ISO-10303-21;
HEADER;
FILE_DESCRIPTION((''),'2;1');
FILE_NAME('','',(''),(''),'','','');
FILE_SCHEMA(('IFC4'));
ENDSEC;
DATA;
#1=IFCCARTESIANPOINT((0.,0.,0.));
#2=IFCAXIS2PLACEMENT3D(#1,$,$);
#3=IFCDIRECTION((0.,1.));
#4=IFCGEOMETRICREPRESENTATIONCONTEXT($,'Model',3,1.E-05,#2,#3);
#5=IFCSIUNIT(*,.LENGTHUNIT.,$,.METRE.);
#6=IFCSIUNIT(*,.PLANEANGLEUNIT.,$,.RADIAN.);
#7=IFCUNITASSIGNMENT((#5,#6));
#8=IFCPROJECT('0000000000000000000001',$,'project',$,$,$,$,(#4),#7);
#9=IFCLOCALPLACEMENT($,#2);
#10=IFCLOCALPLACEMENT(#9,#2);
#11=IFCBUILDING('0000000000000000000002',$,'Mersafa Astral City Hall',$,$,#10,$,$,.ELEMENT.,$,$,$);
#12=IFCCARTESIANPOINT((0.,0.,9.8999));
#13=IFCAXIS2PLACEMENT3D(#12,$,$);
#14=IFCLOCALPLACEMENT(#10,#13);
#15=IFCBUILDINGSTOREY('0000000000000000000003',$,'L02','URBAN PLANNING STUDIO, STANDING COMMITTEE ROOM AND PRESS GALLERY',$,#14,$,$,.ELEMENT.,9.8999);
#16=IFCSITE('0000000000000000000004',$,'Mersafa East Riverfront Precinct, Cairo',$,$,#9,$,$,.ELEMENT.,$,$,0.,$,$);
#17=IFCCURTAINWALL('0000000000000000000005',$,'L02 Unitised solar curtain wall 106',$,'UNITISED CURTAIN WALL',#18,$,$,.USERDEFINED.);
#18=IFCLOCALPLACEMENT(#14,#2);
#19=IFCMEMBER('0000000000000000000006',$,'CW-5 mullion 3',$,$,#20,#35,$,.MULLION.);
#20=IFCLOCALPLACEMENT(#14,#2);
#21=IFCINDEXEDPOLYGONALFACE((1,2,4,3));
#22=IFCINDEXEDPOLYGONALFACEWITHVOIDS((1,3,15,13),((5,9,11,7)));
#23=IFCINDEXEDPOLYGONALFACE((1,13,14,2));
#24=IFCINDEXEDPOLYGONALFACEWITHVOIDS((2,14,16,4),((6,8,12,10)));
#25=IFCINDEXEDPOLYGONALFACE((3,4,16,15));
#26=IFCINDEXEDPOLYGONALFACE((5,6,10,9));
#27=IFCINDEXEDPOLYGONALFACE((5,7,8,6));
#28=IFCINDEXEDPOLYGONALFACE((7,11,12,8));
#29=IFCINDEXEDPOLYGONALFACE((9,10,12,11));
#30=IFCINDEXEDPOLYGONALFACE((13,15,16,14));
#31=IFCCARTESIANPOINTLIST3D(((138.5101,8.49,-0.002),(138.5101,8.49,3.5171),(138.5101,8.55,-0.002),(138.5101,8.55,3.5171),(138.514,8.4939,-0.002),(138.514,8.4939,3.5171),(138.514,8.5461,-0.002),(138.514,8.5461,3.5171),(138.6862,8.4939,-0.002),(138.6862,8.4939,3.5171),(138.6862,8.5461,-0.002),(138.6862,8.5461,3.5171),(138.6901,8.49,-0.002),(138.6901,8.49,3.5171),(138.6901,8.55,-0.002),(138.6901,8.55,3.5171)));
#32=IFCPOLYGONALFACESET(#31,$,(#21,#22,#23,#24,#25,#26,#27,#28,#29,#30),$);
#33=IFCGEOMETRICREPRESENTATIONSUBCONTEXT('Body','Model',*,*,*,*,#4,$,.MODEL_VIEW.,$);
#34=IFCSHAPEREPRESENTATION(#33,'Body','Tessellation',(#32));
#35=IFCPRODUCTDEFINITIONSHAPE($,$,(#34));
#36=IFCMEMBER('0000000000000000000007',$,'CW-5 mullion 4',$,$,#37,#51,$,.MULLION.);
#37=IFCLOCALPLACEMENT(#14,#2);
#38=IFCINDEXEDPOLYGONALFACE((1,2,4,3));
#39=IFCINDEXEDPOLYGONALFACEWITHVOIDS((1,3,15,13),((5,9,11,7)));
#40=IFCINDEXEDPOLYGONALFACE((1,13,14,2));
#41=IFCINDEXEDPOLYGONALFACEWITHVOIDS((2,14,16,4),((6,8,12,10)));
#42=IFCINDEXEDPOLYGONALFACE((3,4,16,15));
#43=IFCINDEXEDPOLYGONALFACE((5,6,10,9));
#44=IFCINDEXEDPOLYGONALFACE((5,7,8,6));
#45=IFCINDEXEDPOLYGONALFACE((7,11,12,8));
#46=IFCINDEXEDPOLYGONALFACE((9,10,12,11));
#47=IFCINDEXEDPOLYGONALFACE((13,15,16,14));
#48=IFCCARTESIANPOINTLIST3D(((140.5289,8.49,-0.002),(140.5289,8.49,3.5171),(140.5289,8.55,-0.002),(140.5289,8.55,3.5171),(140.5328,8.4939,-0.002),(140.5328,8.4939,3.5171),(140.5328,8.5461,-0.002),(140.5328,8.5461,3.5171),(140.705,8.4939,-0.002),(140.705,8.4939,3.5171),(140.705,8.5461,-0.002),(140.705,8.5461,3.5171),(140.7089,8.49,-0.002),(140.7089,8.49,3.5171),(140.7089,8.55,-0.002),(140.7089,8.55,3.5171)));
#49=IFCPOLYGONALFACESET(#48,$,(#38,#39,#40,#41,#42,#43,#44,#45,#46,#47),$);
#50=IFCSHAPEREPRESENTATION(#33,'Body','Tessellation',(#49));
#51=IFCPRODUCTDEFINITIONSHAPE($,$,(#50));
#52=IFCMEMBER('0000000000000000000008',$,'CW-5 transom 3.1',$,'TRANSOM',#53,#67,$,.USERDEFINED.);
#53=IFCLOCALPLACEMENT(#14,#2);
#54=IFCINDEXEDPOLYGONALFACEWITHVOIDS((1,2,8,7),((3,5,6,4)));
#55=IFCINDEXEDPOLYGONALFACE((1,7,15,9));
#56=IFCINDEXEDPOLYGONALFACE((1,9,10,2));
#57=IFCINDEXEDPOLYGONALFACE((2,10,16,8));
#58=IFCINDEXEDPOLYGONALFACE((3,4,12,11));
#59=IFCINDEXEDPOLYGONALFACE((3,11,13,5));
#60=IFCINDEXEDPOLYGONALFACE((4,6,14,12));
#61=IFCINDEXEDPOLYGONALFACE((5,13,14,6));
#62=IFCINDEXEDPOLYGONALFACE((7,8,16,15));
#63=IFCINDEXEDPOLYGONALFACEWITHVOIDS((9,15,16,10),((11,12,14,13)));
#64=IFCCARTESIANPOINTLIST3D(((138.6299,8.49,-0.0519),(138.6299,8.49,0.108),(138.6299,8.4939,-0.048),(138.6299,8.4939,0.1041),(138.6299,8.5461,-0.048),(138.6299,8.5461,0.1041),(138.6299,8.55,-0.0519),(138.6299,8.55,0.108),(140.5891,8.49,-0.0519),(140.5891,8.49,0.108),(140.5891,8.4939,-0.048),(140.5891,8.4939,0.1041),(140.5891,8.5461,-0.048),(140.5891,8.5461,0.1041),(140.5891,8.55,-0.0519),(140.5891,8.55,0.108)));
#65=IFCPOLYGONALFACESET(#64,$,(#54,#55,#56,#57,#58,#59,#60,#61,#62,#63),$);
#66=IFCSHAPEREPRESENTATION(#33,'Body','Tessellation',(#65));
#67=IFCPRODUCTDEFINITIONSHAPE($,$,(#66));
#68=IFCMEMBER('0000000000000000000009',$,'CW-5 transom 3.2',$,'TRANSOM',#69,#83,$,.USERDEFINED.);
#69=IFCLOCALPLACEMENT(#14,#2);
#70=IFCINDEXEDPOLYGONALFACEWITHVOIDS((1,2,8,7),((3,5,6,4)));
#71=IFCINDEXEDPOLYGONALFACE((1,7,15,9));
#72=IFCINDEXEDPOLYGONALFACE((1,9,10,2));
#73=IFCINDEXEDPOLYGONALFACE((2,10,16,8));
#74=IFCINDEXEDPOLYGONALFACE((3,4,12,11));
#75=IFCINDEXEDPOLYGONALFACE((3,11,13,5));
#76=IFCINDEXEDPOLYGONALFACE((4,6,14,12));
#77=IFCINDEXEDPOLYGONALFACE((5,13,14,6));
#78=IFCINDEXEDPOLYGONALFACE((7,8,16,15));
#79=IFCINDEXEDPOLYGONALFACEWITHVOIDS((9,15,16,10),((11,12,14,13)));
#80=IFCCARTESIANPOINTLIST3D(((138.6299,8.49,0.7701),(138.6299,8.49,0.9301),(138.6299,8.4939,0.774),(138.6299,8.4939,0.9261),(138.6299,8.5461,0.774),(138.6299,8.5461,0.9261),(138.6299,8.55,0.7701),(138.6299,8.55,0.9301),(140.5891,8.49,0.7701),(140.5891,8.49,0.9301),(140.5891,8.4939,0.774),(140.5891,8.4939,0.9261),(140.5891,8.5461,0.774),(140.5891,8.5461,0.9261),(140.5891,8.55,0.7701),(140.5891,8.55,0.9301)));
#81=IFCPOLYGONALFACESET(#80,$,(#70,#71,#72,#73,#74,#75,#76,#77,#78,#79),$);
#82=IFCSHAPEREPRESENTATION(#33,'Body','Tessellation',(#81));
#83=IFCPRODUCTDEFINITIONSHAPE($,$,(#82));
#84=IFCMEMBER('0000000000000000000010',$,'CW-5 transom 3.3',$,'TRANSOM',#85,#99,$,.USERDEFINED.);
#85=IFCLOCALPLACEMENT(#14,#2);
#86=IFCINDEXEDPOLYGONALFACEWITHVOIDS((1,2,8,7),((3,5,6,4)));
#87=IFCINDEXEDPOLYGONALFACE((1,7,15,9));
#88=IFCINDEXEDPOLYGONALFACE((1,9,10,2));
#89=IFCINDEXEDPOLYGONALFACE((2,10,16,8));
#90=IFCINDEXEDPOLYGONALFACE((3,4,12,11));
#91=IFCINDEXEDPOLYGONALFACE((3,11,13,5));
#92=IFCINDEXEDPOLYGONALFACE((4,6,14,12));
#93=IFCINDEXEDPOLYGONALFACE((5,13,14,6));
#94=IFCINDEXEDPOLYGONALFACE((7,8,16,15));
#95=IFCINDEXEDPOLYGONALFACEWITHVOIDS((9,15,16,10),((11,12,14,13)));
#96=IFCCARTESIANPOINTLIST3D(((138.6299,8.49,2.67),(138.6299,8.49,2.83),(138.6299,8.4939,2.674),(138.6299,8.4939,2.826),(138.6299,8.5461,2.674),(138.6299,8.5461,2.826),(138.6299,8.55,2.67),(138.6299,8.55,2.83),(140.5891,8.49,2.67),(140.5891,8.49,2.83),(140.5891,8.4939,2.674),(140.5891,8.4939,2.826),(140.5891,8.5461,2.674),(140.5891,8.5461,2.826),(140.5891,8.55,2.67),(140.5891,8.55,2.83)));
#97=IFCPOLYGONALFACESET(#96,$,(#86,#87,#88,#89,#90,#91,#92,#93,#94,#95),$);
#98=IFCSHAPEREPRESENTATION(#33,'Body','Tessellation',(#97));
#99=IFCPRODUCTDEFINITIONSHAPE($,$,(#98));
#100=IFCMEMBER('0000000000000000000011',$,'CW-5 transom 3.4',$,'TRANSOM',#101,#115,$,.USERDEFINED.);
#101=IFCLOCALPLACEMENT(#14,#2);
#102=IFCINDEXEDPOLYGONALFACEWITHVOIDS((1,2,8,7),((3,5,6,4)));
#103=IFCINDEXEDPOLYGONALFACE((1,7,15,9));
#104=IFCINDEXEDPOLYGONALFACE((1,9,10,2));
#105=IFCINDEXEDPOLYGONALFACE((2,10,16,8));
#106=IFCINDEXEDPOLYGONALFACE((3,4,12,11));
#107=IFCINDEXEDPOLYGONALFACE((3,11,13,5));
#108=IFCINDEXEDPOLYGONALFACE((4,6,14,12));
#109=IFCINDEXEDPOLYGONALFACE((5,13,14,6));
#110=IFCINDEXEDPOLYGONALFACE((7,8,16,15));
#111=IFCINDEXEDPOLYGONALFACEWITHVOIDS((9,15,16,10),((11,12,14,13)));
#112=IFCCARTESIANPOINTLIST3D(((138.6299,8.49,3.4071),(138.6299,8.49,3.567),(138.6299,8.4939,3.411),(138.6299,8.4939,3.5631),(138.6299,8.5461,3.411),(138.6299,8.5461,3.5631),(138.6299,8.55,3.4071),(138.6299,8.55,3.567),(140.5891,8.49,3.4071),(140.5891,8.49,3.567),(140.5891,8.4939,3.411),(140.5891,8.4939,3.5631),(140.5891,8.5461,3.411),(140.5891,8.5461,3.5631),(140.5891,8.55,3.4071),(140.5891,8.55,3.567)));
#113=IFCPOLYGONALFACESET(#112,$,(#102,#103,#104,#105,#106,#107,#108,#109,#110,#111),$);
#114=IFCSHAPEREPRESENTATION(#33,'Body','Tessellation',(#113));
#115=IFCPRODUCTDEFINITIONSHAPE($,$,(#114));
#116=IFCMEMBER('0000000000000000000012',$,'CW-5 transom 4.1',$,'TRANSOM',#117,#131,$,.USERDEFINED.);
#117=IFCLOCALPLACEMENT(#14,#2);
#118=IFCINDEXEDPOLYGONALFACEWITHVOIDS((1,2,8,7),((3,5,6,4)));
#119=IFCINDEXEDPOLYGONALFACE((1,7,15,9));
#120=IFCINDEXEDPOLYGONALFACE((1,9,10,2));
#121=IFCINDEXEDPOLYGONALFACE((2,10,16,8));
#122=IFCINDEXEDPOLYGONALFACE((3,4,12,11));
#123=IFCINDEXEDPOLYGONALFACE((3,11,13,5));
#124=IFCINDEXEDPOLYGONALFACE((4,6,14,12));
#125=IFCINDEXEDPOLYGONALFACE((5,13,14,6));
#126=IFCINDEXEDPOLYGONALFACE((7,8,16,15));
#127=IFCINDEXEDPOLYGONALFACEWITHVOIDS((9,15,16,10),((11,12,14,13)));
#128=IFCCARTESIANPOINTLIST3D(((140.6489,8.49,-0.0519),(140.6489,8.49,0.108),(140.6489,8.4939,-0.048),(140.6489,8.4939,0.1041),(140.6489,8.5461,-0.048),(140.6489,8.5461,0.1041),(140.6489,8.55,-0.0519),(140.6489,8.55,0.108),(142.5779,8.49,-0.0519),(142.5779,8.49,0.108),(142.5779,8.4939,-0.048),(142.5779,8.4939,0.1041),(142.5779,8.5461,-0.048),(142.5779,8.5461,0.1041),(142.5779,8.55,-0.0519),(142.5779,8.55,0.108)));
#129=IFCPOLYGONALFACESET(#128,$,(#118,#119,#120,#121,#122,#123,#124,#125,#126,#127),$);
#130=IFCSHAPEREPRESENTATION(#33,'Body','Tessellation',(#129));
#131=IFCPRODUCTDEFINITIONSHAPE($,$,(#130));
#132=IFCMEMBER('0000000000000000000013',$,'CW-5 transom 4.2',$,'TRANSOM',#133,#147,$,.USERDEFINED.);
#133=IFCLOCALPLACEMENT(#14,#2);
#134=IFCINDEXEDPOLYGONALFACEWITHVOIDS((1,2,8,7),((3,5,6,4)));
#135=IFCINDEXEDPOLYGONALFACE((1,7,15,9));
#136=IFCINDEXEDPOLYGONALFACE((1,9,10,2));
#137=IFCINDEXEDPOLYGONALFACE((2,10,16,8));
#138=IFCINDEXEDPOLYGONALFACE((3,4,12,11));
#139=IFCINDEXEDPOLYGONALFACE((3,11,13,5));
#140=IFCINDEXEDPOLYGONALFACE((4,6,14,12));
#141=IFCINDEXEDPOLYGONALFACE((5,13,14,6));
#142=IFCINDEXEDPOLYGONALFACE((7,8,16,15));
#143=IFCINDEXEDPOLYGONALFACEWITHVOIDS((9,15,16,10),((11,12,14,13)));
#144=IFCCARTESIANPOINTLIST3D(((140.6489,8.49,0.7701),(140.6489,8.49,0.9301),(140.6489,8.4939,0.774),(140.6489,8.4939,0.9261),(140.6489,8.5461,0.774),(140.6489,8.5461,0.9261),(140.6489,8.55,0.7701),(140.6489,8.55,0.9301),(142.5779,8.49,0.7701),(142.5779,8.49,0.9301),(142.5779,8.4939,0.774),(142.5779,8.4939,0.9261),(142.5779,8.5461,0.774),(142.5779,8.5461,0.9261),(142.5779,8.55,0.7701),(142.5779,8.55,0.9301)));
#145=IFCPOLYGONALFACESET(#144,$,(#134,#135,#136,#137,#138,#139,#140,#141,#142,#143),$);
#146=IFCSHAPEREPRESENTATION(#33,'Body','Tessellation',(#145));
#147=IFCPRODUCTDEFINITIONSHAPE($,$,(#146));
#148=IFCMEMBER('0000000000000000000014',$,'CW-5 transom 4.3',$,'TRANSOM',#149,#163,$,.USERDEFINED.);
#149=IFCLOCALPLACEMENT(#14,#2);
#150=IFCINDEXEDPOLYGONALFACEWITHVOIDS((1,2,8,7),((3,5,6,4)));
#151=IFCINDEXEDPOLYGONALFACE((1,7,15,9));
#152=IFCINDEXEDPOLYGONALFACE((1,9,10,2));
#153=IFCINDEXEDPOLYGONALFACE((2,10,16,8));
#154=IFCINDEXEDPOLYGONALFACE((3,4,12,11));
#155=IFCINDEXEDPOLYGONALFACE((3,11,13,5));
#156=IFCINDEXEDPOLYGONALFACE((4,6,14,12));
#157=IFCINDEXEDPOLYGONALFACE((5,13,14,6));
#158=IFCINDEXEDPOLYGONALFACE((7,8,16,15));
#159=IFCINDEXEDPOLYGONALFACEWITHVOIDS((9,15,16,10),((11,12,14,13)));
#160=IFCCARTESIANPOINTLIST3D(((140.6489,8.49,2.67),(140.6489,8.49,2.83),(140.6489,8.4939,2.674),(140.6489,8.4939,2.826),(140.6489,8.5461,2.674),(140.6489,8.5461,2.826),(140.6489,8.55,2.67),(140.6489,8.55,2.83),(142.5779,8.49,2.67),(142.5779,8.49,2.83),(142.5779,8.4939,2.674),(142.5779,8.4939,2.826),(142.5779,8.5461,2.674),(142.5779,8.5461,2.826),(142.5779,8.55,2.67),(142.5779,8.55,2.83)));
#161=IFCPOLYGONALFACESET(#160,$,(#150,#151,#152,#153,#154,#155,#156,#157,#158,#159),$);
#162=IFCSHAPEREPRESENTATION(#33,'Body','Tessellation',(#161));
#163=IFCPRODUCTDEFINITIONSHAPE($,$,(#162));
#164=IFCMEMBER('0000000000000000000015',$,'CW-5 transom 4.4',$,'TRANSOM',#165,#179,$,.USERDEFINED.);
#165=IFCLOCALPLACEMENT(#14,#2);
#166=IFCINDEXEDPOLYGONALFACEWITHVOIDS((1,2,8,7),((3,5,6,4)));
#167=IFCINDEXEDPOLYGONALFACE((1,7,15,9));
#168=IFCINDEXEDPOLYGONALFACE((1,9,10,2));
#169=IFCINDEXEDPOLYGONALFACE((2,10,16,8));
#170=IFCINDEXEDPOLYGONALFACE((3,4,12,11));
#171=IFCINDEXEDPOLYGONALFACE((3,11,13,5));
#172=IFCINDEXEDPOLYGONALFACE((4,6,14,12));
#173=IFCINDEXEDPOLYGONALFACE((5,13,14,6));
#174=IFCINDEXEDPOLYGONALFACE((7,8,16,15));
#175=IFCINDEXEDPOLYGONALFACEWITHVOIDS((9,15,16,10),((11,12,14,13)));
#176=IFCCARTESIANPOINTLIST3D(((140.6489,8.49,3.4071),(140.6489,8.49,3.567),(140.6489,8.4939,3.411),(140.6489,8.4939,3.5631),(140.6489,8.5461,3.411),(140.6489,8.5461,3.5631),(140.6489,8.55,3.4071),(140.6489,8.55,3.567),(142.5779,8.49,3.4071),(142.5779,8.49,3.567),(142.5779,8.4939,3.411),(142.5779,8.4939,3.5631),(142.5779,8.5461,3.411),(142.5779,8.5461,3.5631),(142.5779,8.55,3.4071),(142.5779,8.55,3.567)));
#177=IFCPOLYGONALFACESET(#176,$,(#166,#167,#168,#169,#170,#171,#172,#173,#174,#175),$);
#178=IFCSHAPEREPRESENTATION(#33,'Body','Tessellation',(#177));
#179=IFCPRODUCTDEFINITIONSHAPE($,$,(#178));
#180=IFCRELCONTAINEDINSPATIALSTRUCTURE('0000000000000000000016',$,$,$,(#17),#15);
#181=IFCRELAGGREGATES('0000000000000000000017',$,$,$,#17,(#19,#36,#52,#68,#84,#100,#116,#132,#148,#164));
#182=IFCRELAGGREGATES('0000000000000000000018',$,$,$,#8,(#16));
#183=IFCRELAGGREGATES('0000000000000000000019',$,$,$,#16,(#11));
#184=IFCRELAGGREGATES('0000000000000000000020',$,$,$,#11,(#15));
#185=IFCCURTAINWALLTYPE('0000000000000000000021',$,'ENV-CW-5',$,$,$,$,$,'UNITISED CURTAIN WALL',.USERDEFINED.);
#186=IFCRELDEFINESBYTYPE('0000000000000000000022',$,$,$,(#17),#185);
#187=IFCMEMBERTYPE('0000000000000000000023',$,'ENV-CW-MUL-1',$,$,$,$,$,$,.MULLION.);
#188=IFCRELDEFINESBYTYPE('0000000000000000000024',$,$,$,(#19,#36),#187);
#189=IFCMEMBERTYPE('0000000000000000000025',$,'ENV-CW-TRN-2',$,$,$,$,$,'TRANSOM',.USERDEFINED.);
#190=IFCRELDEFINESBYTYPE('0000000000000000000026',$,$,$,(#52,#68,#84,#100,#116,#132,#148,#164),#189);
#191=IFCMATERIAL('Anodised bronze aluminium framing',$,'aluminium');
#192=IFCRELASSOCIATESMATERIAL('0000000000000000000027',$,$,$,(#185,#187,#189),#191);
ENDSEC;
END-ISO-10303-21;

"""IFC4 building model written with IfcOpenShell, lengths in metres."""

from ifc_helpers import new_model, si_unit, direction, frame, origin, origin_2d, place, context, subcontext, project, spatial, hollow_rectangle, extrude, material, material_profile, profile_set, type_object, element, aggregate, save


model = new_model("IFC4")

# Units and contexts
model_context = context("Model", 3, precision=1e-05, world=origin(), true_north=direction((0.0, 1.0)))
body_context = subcontext(model_context, "Body", "Model", "MODEL_VIEW")
ifc_project = project(units=[si_unit("LENGTHUNIT", "METRE"), si_unit("PLANEANGLEUNIT", "RADIAN")], contexts=[model_context])

# Site, building, storey
site_placement = place(None, origin())
site = spatial("IfcSite", under=ifc_project, at=site_placement, Name="Mersafa East Riverfront Precinct, Cairo", CompositionType="ELEMENT", RefElevation=0.0)
building_placement = place(site_placement, origin())
building = spatial("IfcBuilding", under=site, at=building_placement, Name="Mersafa Astral City Hall", CompositionType="ELEMENT")
storey_placement = place(building_placement, frame((0.0, 0.0, 9.8999)))
storey = spatial("IfcBuildingStorey", under=building, at=storey_placement, Name="L02", Description="URBAN PLANNING STUDIO, STANDING COMMITTEE ROOM AND PRESS GALLERY", CompositionType="ELEMENT", Elevation=9.8999)

# Curtain wall, members
ifc_material_1 = material(Name="Anodised bronze aluminium framing", Category="aluminium")
curtain_wall_type = type_object("IfcCurtainWallType", Name="ENV-CW-5", ElementType="UNITISED CURTAIN WALL", PredefinedType="USERDEFINED", material=ifc_material_1)
curtain_wall_placement = place(storey_placement, origin())
curtain_wall = element("IfcCurtainWall", 1, at=curtain_wall_placement, inside=storey, type_object=curtain_wall_type, Name="L02 Unitised solar curtain wall 106", ObjectType="UNITISED CURTAIN WALL", PredefinedType="USERDEFINED")
ifc_material_profile_1 = material_profile(ifc_material_1, hollow_rectangle(XDim=0.0601, YDim=0.1799, WallThickness=0.0039, at=origin_2d()), Name="RHS 60x180x4")
ifc_profile_set_1 = profile_set([ifc_material_profile_1], Name="Anodised bronze aluminium framing")
member_type_1 = type_object("IfcMemberType", Name="ENV-CW-MUL-1", PredefinedType="MULLION", material=ifc_profile_set_1)
member_1_placement = place(storey_placement, frame((138.6001, 8.52, -0.002), z_axis=(0.0, 0.0, 1.0), x_axis=(0.0, 1.0, 0.0)))
member_1 = element("IfcMember", 2, at=member_1_placement, type_object=member_type_1, Name="CW-5 mullion 3", PredefinedType="MULLION", context=body_context, shape_type="SweptSolid", body=[
    extrude(hollow_rectangle(XDim=0.0601, YDim=0.1799, WallThickness=0.0039, at=origin_2d()), origin(), (0.0, 0.0, 1.0), 3.519),
])
member_2_placement = place(storey_placement, frame((140.6189, 8.52, -0.002), z_axis=(0.0, 0.0, 1.0), x_axis=(0.0, 1.0, 0.0)))
member_2 = element("IfcMember", 3, at=member_2_placement, type_object=member_type_1, Name="CW-5 mullion 4", PredefinedType="MULLION", context=body_context, shape_type="SweptSolid", body=[
    extrude(hollow_rectangle(XDim=0.0601, YDim=0.1799, WallThickness=0.0039, at=origin_2d()), origin(), (0.0, 0.0, 1.0), 3.519),
])
ifc_material_profile_2 = material_profile(ifc_material_1, hollow_rectangle(XDim=0.0601, YDim=0.1599, WallThickness=0.0039, at=origin_2d()), Name="RHS 60x160x4")
ifc_profile_set_2 = profile_set([ifc_material_profile_2], Name="Anodised bronze aluminium framing")
member_type_2 = type_object("IfcMemberType", Name="ENV-CW-TRN-2", ElementType="TRANSOM", PredefinedType="USERDEFINED", material=ifc_profile_set_2)
member_3_placement = place(storey_placement, frame((138.6299, 8.52, 0.0281), z_axis=(1.0, 0.0, 0.0), x_axis=(0.0, 1.0, 0.0)))
member_3 = element("IfcMember", 4, at=member_3_placement, type_object=member_type_2, Name="CW-5 transom 3.1", ObjectType="TRANSOM", PredefinedType="USERDEFINED", context=body_context, shape_type="SweptSolid", body=[
    extrude(hollow_rectangle(XDim=0.0601, YDim=0.1599, WallThickness=0.0039, at=origin_2d()), origin(), (0.0, 0.0, 1.0), 1.9592),
])
member_4_placement = place(storey_placement, frame((138.6299, 8.52, 0.8501), z_axis=(1.0, 0.0, 0.0), x_axis=(0.0, 1.0, 0.0)))
member_4 = element("IfcMember", 5, at=member_4_placement, type_object=member_type_2, Name="CW-5 transom 3.2", ObjectType="TRANSOM", PredefinedType="USERDEFINED", context=body_context, shape_type="SweptSolid", body=[
    extrude(hollow_rectangle(XDim=0.0601, YDim=0.1599, WallThickness=0.0039, at=origin_2d()), origin(), (0.0, 0.0, 1.0), 1.9592),
])
member_5_placement = place(storey_placement, frame((138.6299, 8.52, 2.75), z_axis=(1.0, 0.0, 0.0), x_axis=(0.0, 1.0, 0.0)))
member_5 = element("IfcMember", 6, at=member_5_placement, type_object=member_type_2, Name="CW-5 transom 3.3", ObjectType="TRANSOM", PredefinedType="USERDEFINED", context=body_context, shape_type="SweptSolid", body=[
    extrude(hollow_rectangle(XDim=0.0601, YDim=0.1599, WallThickness=0.0039, at=origin_2d()), origin(), (0.0, 0.0, 1.0), 1.9592),
])
member_6_placement = place(storey_placement, frame((138.6299, 8.52, 3.4871), z_axis=(1.0, 0.0, 0.0), x_axis=(0.0, 1.0, 0.0)))
member_6 = element("IfcMember", 7, at=member_6_placement, type_object=member_type_2, Name="CW-5 transom 3.4", ObjectType="TRANSOM", PredefinedType="USERDEFINED", context=body_context, shape_type="SweptSolid", body=[
    extrude(hollow_rectangle(XDim=0.0601, YDim=0.1599, WallThickness=0.0039, at=origin_2d()), origin(), (0.0, 0.0, 1.0), 1.9592),
])
member_7_placement = place(storey_placement, frame((140.6489, 8.52, 0.0281), z_axis=(1.0, 0.0, 0.0), x_axis=(0.0, 1.0, 0.0)))
member_7 = element("IfcMember", 8, at=member_7_placement, type_object=member_type_2, Name="CW-5 transom 4.1", ObjectType="TRANSOM", PredefinedType="USERDEFINED", context=body_context, shape_type="SweptSolid", body=[
    extrude(hollow_rectangle(XDim=0.0601, YDim=0.1599, WallThickness=0.0039, at=origin_2d()), origin(), (0.0, 0.0, 1.0), 1.929),
])
member_8_placement = place(storey_placement, frame((140.6489, 8.52, 0.8501), z_axis=(1.0, 0.0, 0.0), x_axis=(0.0, 1.0, 0.0)))
member_8 = element("IfcMember", 9, at=member_8_placement, type_object=member_type_2, Name="CW-5 transom 4.2", ObjectType="TRANSOM", PredefinedType="USERDEFINED", context=body_context, shape_type="SweptSolid", body=[
    extrude(hollow_rectangle(XDim=0.0601, YDim=0.1599, WallThickness=0.0039, at=origin_2d()), origin(), (0.0, 0.0, 1.0), 1.929),
])
member_9_placement = place(storey_placement, frame((140.6489, 8.52, 2.75), z_axis=(1.0, 0.0, 0.0), x_axis=(0.0, 1.0, 0.0)))
member_9 = element("IfcMember", 10, at=member_9_placement, type_object=member_type_2, Name="CW-5 transom 4.3", ObjectType="TRANSOM", PredefinedType="USERDEFINED", context=body_context, shape_type="SweptSolid", body=[
    extrude(hollow_rectangle(XDim=0.0601, YDim=0.1599, WallThickness=0.0039, at=origin_2d()), origin(), (0.0, 0.0, 1.0), 1.929),
])
member_10_placement = place(storey_placement, frame((140.6489, 8.52, 3.4871), z_axis=(1.0, 0.0, 0.0), x_axis=(0.0, 1.0, 0.0)))
member_10 = element("IfcMember", 11, at=member_10_placement, type_object=member_type_2, Name="CW-5 transom 4.4", ObjectType="TRANSOM", PredefinedType="USERDEFINED", context=body_context, shape_type="SweptSolid", body=[
    extrude(hollow_rectangle(XDim=0.0601, YDim=0.1599, WallThickness=0.0039, at=origin_2d()), origin(), (0.0, 0.0, 1.0), 1.929),
])

aggregate(curtain_wall, [member_1, member_2, member_3, member_4, member_5, member_6, member_7, member_8, member_9, member_10])

save(model, "model.ifc")
